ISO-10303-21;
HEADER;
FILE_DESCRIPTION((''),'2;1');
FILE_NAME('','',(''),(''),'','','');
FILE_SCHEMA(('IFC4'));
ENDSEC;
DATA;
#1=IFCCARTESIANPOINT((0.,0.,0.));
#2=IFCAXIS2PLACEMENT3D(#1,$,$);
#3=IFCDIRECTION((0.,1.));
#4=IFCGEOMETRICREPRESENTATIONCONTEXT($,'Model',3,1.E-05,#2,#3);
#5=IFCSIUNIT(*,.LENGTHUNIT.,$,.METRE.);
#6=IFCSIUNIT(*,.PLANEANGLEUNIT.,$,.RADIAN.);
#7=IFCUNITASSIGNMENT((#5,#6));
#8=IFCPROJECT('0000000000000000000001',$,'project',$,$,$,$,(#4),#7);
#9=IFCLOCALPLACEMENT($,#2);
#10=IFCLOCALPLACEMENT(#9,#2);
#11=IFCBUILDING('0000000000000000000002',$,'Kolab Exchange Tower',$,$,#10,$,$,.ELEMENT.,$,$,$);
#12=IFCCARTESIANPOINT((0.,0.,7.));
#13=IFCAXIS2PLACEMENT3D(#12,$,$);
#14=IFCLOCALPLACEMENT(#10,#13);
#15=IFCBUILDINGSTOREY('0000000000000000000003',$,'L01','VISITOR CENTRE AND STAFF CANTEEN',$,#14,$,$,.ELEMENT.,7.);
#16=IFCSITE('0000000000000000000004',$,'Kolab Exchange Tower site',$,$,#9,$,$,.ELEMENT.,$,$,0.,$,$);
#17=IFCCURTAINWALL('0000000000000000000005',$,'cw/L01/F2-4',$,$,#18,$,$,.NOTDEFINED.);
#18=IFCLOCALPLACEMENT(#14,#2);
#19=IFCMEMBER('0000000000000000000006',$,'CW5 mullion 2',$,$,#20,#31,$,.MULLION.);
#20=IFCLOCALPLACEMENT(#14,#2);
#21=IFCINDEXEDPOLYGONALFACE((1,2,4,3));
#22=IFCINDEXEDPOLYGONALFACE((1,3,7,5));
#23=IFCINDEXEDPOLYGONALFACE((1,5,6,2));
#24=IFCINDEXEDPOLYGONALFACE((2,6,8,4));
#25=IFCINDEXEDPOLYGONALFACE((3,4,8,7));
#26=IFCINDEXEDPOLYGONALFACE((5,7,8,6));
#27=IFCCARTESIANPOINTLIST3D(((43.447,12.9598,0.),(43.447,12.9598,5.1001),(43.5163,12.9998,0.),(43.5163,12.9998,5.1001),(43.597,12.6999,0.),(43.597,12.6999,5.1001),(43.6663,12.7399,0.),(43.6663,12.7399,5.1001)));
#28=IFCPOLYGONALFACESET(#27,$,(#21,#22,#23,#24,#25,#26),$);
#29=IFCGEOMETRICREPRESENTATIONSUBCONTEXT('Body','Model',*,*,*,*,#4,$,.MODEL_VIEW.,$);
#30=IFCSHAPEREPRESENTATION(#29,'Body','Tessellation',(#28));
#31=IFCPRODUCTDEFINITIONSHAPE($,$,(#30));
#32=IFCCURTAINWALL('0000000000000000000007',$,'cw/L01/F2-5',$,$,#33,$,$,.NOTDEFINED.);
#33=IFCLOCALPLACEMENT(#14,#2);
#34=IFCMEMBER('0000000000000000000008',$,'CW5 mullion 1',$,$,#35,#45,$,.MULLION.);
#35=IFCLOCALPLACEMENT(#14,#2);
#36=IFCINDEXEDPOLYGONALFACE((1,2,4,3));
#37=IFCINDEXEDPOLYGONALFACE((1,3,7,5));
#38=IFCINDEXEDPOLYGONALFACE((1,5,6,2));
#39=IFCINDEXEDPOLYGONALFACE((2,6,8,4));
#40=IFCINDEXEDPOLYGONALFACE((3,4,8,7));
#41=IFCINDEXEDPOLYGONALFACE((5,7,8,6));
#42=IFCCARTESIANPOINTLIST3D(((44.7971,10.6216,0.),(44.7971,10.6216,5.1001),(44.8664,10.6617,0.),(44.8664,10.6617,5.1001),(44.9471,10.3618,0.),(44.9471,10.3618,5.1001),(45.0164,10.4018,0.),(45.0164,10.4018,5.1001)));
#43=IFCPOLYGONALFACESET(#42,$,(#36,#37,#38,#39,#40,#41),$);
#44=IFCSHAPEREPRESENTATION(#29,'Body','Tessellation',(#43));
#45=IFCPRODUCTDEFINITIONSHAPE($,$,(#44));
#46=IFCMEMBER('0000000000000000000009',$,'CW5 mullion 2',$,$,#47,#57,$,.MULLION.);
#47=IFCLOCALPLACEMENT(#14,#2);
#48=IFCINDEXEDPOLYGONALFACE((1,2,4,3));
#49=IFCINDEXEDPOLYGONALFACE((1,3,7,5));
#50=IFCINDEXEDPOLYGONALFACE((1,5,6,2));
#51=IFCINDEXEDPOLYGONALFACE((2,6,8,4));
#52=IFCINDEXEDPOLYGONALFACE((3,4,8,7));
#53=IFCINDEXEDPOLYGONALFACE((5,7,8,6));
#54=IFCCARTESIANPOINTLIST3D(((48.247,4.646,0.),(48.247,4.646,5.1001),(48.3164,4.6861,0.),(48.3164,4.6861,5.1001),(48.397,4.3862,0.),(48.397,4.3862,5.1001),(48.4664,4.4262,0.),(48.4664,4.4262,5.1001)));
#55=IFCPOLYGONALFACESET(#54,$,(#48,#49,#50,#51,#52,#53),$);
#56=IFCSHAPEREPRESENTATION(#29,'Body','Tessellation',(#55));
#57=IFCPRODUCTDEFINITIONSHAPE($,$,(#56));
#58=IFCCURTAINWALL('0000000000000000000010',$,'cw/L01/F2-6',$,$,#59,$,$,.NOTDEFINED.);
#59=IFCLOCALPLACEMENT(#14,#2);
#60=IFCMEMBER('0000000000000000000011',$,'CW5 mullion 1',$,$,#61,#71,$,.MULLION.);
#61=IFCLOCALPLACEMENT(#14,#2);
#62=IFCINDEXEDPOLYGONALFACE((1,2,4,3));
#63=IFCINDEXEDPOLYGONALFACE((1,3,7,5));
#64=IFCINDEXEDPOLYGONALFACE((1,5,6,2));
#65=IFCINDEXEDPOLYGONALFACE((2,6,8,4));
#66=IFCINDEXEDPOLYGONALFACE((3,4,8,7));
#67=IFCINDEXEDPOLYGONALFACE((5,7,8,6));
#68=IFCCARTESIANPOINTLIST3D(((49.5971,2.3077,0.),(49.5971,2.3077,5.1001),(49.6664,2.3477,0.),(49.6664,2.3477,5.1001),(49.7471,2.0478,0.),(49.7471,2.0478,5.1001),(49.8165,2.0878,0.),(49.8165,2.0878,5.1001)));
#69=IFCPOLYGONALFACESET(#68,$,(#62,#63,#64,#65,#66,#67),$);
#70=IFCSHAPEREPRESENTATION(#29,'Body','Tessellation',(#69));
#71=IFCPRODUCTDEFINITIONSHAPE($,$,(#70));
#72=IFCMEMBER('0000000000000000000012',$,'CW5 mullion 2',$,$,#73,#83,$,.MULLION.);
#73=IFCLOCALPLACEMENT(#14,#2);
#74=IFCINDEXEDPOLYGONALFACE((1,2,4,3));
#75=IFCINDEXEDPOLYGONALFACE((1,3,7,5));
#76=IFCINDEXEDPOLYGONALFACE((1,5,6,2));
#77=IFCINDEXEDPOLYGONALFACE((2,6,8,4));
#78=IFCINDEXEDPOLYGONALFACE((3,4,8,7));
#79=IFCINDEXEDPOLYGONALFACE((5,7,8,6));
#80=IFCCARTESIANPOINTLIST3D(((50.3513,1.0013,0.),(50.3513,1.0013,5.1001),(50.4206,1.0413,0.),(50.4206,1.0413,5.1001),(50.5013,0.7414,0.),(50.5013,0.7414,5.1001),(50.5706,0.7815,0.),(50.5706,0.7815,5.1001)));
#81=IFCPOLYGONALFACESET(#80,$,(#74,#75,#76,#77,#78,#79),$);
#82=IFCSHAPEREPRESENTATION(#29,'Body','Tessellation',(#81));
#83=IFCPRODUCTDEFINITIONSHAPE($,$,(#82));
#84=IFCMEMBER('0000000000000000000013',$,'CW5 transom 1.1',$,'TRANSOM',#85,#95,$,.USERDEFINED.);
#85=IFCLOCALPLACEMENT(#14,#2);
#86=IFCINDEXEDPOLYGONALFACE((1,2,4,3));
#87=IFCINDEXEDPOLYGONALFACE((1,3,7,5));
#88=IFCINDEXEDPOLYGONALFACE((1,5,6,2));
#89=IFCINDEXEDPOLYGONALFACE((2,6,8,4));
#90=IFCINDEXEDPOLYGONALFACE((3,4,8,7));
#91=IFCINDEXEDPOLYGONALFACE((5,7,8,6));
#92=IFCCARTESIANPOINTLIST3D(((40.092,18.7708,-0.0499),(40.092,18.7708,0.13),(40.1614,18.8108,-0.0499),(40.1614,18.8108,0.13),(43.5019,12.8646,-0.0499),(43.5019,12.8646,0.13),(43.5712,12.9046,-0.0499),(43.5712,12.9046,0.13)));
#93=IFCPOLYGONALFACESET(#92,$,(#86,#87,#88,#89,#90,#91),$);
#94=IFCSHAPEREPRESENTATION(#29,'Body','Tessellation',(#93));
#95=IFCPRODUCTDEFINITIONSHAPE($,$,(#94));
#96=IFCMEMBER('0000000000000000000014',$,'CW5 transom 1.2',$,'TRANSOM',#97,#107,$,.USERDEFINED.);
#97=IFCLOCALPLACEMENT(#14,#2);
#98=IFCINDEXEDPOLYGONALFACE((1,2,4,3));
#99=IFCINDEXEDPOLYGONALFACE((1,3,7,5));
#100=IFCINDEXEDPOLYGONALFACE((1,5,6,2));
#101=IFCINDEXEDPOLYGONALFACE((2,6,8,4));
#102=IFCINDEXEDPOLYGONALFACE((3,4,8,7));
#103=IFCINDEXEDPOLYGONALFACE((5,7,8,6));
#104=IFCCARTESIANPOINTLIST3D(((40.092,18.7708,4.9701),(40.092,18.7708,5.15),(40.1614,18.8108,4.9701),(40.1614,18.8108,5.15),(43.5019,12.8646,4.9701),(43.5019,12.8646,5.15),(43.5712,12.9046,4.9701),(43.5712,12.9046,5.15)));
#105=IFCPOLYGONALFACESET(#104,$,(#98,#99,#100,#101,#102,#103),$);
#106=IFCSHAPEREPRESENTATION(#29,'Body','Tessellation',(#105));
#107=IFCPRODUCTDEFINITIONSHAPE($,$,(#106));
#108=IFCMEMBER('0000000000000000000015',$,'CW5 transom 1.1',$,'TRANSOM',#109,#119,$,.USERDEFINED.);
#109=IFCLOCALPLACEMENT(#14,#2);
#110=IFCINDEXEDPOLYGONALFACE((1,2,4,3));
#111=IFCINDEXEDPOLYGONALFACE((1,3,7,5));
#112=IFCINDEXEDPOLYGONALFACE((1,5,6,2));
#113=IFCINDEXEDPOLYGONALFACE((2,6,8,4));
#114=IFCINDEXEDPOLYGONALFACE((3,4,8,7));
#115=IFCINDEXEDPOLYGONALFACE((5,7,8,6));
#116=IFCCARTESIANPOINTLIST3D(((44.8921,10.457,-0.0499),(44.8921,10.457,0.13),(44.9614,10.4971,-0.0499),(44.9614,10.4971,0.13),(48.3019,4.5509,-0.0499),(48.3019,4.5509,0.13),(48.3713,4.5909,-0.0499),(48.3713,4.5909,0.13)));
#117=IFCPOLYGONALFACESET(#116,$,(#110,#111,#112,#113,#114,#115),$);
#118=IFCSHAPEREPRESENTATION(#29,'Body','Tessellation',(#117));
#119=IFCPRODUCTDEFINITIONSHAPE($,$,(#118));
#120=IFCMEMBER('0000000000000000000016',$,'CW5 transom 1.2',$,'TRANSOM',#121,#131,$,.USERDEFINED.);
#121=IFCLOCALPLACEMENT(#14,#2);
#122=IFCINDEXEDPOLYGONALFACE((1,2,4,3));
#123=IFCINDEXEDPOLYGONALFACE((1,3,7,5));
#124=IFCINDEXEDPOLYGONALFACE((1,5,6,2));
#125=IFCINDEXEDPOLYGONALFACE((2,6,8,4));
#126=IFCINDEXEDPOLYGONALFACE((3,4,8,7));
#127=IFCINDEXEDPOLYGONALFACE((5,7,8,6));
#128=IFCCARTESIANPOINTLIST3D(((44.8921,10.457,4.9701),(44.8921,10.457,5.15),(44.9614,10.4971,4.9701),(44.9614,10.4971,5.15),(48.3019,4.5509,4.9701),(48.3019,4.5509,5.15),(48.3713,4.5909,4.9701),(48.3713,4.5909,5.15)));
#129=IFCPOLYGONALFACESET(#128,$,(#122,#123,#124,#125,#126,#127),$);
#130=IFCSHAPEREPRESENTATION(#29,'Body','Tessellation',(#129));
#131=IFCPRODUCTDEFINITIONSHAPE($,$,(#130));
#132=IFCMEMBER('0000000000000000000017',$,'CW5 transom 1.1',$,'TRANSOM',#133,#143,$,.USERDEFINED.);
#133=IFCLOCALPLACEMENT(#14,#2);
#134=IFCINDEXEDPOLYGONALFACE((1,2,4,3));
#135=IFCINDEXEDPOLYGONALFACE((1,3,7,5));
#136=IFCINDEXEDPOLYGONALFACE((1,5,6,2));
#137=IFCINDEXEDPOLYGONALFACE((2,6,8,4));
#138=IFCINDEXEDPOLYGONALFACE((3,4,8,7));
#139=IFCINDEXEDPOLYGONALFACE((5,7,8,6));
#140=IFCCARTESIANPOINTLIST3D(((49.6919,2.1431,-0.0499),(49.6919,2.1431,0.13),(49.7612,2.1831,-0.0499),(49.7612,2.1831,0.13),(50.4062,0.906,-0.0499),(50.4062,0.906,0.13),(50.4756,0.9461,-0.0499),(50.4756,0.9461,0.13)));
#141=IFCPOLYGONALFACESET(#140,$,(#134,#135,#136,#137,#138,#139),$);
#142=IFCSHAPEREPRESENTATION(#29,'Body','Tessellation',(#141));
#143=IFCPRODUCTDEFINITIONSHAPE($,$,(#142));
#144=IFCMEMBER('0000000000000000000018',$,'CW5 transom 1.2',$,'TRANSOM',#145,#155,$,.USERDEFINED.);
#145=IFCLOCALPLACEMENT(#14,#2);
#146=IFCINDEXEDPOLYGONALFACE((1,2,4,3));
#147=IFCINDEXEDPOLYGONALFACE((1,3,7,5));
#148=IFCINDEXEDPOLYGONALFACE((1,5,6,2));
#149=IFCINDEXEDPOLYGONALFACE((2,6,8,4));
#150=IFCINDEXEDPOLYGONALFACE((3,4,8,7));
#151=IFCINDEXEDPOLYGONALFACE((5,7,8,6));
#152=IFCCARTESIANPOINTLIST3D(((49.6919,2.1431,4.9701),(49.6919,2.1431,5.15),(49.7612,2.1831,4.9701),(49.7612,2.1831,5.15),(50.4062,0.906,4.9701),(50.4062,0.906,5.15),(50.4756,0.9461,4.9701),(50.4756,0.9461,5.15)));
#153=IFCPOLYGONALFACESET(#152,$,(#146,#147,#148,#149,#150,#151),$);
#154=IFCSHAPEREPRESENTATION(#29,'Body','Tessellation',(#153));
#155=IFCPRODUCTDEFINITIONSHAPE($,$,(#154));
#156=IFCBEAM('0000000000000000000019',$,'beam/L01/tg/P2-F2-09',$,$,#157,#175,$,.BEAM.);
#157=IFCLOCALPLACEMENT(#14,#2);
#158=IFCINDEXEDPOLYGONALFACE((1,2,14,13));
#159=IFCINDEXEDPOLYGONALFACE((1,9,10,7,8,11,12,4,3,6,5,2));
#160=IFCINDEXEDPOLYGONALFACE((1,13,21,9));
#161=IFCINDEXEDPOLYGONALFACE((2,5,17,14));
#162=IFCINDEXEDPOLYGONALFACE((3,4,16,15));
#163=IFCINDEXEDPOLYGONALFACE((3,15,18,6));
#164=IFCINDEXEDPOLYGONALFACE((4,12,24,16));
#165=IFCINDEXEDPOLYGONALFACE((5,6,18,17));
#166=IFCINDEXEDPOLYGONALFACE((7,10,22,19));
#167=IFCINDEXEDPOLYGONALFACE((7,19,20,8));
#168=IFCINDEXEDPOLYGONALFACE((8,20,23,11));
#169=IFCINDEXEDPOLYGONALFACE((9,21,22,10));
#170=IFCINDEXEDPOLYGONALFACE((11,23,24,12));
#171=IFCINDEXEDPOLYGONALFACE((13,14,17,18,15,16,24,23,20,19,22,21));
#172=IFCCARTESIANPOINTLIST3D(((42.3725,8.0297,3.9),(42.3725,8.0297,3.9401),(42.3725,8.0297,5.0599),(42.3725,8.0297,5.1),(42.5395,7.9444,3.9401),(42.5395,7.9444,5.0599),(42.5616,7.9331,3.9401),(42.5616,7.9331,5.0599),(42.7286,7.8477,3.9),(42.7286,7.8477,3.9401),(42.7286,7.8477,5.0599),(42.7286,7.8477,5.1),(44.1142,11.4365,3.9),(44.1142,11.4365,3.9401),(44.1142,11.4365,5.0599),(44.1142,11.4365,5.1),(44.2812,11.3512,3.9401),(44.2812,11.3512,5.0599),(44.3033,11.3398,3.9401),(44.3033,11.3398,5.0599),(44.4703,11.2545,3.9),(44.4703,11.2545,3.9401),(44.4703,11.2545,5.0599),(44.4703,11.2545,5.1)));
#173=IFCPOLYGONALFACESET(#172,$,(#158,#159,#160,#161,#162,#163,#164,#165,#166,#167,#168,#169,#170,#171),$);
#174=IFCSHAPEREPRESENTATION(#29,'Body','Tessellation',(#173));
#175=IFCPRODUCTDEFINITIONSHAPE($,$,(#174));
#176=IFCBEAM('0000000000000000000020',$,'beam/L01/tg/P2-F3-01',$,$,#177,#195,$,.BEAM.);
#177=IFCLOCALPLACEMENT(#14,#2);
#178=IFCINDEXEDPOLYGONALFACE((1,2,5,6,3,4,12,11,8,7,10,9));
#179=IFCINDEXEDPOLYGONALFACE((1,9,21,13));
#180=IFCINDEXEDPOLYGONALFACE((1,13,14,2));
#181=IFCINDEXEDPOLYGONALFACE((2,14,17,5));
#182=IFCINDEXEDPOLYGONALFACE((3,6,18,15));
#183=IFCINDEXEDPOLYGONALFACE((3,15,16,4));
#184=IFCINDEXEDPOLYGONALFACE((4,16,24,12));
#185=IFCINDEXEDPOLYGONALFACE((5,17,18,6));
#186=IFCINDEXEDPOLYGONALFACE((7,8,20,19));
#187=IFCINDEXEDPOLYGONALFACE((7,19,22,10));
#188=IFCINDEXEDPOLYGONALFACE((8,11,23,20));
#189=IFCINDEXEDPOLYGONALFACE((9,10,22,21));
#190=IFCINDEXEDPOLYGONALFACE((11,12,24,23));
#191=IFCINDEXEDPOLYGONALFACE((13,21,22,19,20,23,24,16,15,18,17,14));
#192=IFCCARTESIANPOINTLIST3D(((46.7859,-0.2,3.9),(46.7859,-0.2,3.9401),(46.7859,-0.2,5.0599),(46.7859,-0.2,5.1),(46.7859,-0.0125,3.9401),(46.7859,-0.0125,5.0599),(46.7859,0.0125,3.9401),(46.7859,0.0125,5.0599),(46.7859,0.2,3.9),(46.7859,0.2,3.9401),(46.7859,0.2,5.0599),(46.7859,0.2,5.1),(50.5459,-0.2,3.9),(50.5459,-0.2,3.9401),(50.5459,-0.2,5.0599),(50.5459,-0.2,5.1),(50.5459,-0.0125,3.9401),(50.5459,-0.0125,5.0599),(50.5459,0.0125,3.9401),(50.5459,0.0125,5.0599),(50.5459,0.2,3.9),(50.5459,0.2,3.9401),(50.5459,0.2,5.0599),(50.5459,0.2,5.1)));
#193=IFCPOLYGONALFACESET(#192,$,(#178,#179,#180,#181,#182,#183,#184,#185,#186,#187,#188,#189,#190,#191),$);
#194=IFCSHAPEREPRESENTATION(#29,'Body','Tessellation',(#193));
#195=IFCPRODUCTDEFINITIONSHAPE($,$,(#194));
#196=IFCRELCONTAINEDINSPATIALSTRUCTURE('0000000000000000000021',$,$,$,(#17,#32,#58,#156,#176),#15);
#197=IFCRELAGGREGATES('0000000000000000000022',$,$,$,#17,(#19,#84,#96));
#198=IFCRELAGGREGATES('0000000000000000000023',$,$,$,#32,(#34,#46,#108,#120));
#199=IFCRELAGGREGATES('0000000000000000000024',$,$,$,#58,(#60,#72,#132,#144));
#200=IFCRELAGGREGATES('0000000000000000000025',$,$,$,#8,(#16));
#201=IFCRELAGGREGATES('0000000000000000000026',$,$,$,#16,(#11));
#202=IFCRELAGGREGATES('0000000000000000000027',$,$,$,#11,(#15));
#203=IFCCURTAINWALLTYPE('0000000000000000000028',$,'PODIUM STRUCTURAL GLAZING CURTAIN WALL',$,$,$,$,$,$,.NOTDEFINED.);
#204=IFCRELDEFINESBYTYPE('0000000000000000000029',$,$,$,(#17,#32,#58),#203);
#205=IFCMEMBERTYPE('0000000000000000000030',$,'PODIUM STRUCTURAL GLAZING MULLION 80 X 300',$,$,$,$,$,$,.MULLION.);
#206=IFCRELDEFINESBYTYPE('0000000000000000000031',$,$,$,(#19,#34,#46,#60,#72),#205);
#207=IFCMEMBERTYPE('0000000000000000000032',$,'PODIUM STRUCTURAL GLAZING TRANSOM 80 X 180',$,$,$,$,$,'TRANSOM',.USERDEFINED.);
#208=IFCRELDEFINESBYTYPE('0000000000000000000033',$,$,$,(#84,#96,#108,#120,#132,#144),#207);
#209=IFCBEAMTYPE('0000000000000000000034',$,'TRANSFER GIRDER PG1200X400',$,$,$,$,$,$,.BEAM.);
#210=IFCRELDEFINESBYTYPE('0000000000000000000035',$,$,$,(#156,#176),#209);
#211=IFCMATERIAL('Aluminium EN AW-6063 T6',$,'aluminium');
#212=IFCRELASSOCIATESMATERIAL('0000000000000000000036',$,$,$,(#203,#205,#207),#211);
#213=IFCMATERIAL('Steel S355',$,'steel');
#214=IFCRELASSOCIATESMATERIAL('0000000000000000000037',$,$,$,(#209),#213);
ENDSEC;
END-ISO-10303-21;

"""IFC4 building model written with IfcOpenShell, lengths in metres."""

from ifc_helpers import new_model, si_unit, direction, frame, origin, origin_2d, place, context, subcontext, project, spatial, rectangle, i_section, extrude, material, material_profile, profile_set, type_object, element, aggregate, save


model = new_model("IFC4")

# Units and contexts
model_context = context("Model", 3, precision=1e-05, world=origin(), true_north=direction((0.0, 1.0)))
body_context = subcontext(model_context, "Body", "Model", "MODEL_VIEW")
ifc_project = project(units=[si_unit("LENGTHUNIT", "METRE"), si_unit("PLANEANGLEUNIT", "RADIAN")], contexts=[model_context])

# Site, building, storey
site_placement = place(None, origin())
site = spatial("IfcSite", under=ifc_project, at=site_placement, Name="Kolab Exchange Tower site", CompositionType="ELEMENT", RefElevation=0.0)
building_placement = place(site_placement, origin())
building = spatial("IfcBuilding", under=site, at=building_placement, Name="Kolab Exchange Tower", CompositionType="ELEMENT")
storey_placement = place(building_placement, frame((0.0, 0.0, 7.0)))
storey = spatial("IfcBuildingStorey", under=building, at=storey_placement, Name="L01", Description="VISITOR CENTRE AND STAFF CANTEEN", CompositionType="ELEMENT", Elevation=7.0)

# Shared definitions
ifc_material_1 = material(Name="Steel S355", Category="steel")

# Curtain walls, members
ifc_material_2 = material(Name="Aluminium EN AW-6063 T6", Category="aluminium")
curtain_wall_type = type_object("IfcCurtainWallType", Name="PODIUM STRUCTURAL GLAZING CURTAIN WALL", PredefinedType="NOTDEFINED", material=ifc_material_2)
curtain_wall_1_placement = place(storey_placement, origin())
curtain_wall_1 = element("IfcCurtainWall", 1, at=curtain_wall_1_placement, inside=storey, type_object=curtain_wall_type, Name="cw/L01/F2-4", PredefinedType="NOTDEFINED")
ifc_material_profile_1 = material_profile(ifc_material_2, rectangle(XDim=0.0801, YDim=0.3, at=origin_2d()), Name="RECT 80X300")
ifc_profile_set_1 = profile_set([ifc_material_profile_1], Name="Aluminium EN AW-6063 T6")
member_type_1 = type_object("IfcMemberType", Name="PODIUM STRUCTURAL GLAZING MULLION 80 X 300", PredefinedType="MULLION", material=ifc_profile_set_1)
member_1_placement = place(storey_placement, frame((43.5566, 12.8499, 0.0), z_axis=(0.0, 0.0, 1.0), x_axis=(0.866025, 0.5, 0.0)))
member_1 = element("IfcMember", 2, at=member_1_placement, type_object=member_type_1, Name="CW5 mullion 2", PredefinedType="MULLION", context=body_context, shape_type="SweptSolid", body=[
    extrude(rectangle(XDim=0.0801, YDim=0.3, at=origin_2d()), origin(), (0.0, 0.0, 1.0), 5.1001),
])
curtain_wall_2_placement = place(storey_placement, origin())
curtain_wall_2 = element("IfcCurtainWall", 3, at=curtain_wall_2_placement, inside=storey, type_object=curtain_wall_type, Name="cw/L01/F2-5", PredefinedType="NOTDEFINED")
member_2_placement = place(storey_placement, frame((44.9067, 10.5117, 0.0), z_axis=(0.0, 0.0, 1.0), x_axis=(0.866025, 0.5, 0.0)))
member_2 = element("IfcMember", 4, at=member_2_placement, type_object=member_type_1, Name="CW5 mullion 1", PredefinedType="MULLION", context=body_context, shape_type="SweptSolid", body=[
    extrude(rectangle(XDim=0.0801, YDim=0.3, at=origin_2d()), origin(), (0.0, 0.0, 1.0), 5.1001),
])
member_3_placement = place(storey_placement, frame((48.3567, 4.5361, 0.0), z_axis=(0.0, 0.0, 1.0), x_axis=(0.866025, 0.5, 0.0)))
member_3 = element("IfcMember", 5, at=member_3_placement, type_object=member_type_1, Name="CW5 mullion 2", PredefinedType="MULLION", context=body_context, shape_type="SweptSolid", body=[
    extrude(rectangle(XDim=0.0801, YDim=0.3, at=origin_2d()), origin(), (0.0, 0.0, 1.0), 5.1001),
])
curtain_wall_3_placement = place(storey_placement, origin())
curtain_wall_3 = element("IfcCurtainWall", 6, at=curtain_wall_3_placement, inside=storey, type_object=curtain_wall_type, Name="cw/L01/F2-6", PredefinedType="NOTDEFINED")
member_4_placement = place(storey_placement, frame((49.7068, 2.1978, 0.0), z_axis=(0.0, 0.0, 1.0), x_axis=(0.866025, 0.5, 0.0)))
member_4 = element("IfcMember", 7, at=member_4_placement, type_object=member_type_1, Name="CW5 mullion 1", PredefinedType="MULLION", context=body_context, shape_type="SweptSolid", body=[
    extrude(rectangle(XDim=0.0801, YDim=0.3, at=origin_2d()), origin(), (0.0, 0.0, 1.0), 5.1001),
])
member_5_placement = place(storey_placement, frame((50.4609, 0.8914, 0.0), z_axis=(0.0, 0.0, 1.0), x_axis=(0.866025, 0.5, 0.0)))
member_5 = element("IfcMember", 8, at=member_5_placement, type_object=member_type_1, Name="CW5 mullion 2", PredefinedType="MULLION", context=body_context, shape_type="SweptSolid", body=[
    extrude(rectangle(XDim=0.0801, YDim=0.3, at=origin_2d()), origin(), (0.0, 0.0, 1.0), 5.1001),
])

# Members
ifc_material_profile_2 = material_profile(ifc_material_2, rectangle(XDim=0.0801, YDim=0.1799, at=origin_2d()), Name="RECT 80X180")
ifc_profile_set_2 = profile_set([ifc_material_profile_2], Name="Aluminium EN AW-6063 T6")
member_type_2 = type_object("IfcMemberType", Name="PODIUM STRUCTURAL GLAZING TRANSOM 80 X 180", ElementType="TRANSOM", PredefinedType="USERDEFINED", material=ifc_profile_set_2)
member_6_placement = place(storey_placement, frame((40.1267, 18.7908, 0.04), z_axis=(0.499993, -0.866029, 0.0), x_axis=(0.866029, 0.499993, 0.0)))
member_6 = element("IfcMember", 9, at=member_6_placement, type_object=member_type_2, Name="CW5 transom 1.1", ObjectType="TRANSOM", PredefinedType="USERDEFINED", context=body_context, shape_type="SweptSolid", body=[
    extrude(rectangle(XDim=0.0801, YDim=0.1799, at=origin_2d()), origin(), (0.0, 0.0, 1.0), 6.8198),
])
member_7_placement = place(storey_placement, frame((40.1267, 18.7908, 5.0601), z_axis=(0.499993, -0.866029, 0.0), x_axis=(0.866029, 0.499993, 0.0)))
member_7 = element("IfcMember", 10, at=member_7_placement, type_object=member_type_2, Name="CW5 transom 1.2", ObjectType="TRANSOM", PredefinedType="USERDEFINED", context=body_context, shape_type="SweptSolid", body=[
    extrude(rectangle(XDim=0.0801, YDim=0.1799, at=origin_2d()), origin(), (0.0, 0.0, 1.0), 6.8198),
])
member_8_placement = place(storey_placement, frame((44.9268, 10.4771, 0.04), z_axis=(0.499993, -0.866029, 0.0), x_axis=(0.866029, 0.499993, 0.0)))
member_8 = element("IfcMember", 11, at=member_8_placement, type_object=member_type_2, Name="CW5 transom 1.1", ObjectType="TRANSOM", PredefinedType="USERDEFINED", context=body_context, shape_type="SweptSolid", body=[
    extrude(rectangle(XDim=0.0801, YDim=0.1799, at=origin_2d()), origin(), (0.0, 0.0, 1.0), 6.8198),
])
member_9_placement = place(storey_placement, frame((44.9268, 10.4771, 5.0601), z_axis=(0.499993, -0.866029, 0.0), x_axis=(0.866029, 0.499993, 0.0)))
member_9 = element("IfcMember", 12, at=member_9_placement, type_object=member_type_2, Name="CW5 transom 1.2", ObjectType="TRANSOM", PredefinedType="USERDEFINED", context=body_context, shape_type="SweptSolid", body=[
    extrude(rectangle(XDim=0.0801, YDim=0.1799, at=origin_2d()), origin(), (0.0, 0.0, 1.0), 6.8198),
])
member_10_placement = place(storey_placement, frame((49.7266, 2.1631, 0.04), z_axis=(0.500073, -0.865984, 0.0), x_axis=(0.865984, 0.500073, 0.0)))
member_10 = element("IfcMember", 13, at=member_10_placement, type_object=member_type_2, Name="CW5 transom 1.1", ObjectType="TRANSOM", PredefinedType="USERDEFINED", context=body_context, shape_type="SweptSolid", body=[
    extrude(rectangle(XDim=0.0801, YDim=0.1799, at=origin_2d()), origin(), (0.0, 0.0, 1.0), 1.4285),
])
member_11_placement = place(storey_placement, frame((49.7266, 2.1631, 5.0601), z_axis=(0.500073, -0.865984, 0.0), x_axis=(0.865984, 0.500073, 0.0)))
member_11 = element("IfcMember", 14, at=member_11_placement, type_object=member_type_2, Name="CW5 transom 1.2", ObjectType="TRANSOM", PredefinedType="USERDEFINED", context=body_context, shape_type="SweptSolid", body=[
    extrude(rectangle(XDim=0.0801, YDim=0.1799, at=origin_2d()), origin(), (0.0, 0.0, 1.0), 1.4285),
])

# Beams
ifc_material_profile_3 = material_profile(ifc_material_1, i_section(OverallWidth=0.3999, OverallDepth=1.2, WebThickness=0.0249, FlangeThickness=0.04, at=origin_2d()), Name="PG1200X400")
ifc_profile_set_3 = profile_set([ifc_material_profile_3], Name="Steel S355")
beam_type_1 = type_object("IfcBeamType", Name="TRANSFER GIRDER PG1200X400", PredefinedType="BEAM", material=ifc_profile_set_3)
beam_1_placement = place(storey_placement, frame((42.5505, 7.9387, 4.5), z_axis=(0.45521, 0.890384, 0.0), x_axis=(-0.890384, 0.45521, 0.0)))
element("IfcBeam", 15, at=beam_1_placement, inside=storey, type_object=beam_type_1, Name="beam/L01/tg/P2-F2-09", PredefinedType="BEAM", context=body_context, shape_type="SweptSolid", body=[
    extrude(i_section(OverallWidth=0.3999, OverallDepth=1.2, WebThickness=0.0249, FlangeThickness=0.04, at=origin_2d()), origin(), (0.0, 0.0, 1.0), 3.8262),
])
beam_2_placement = place(storey_placement, frame((46.7859, 0.0, 4.5), z_axis=(1.0, 0.0, 0.0), x_axis=(0.0, 1.0, 0.0)))
element("IfcBeam", 16, at=beam_2_placement, inside=storey, type_object=beam_type_1, Name="beam/L01/tg/P2-F3-01", PredefinedType="BEAM", context=body_context, shape_type="SweptSolid", body=[
    extrude(i_section(OverallWidth=0.3999, OverallDepth=1.2, WebThickness=0.0249, FlangeThickness=0.04, at=origin_2d()), origin(), (0.0, 0.0, 1.0), 3.76),
])

aggregate(curtain_wall_1, [member_1, member_6, member_7])
aggregate(curtain_wall_2, [member_2, member_3, member_8, member_9])
aggregate(curtain_wall_3, [member_4, member_5, member_10, member_11])

save(model, "model.ifc")
